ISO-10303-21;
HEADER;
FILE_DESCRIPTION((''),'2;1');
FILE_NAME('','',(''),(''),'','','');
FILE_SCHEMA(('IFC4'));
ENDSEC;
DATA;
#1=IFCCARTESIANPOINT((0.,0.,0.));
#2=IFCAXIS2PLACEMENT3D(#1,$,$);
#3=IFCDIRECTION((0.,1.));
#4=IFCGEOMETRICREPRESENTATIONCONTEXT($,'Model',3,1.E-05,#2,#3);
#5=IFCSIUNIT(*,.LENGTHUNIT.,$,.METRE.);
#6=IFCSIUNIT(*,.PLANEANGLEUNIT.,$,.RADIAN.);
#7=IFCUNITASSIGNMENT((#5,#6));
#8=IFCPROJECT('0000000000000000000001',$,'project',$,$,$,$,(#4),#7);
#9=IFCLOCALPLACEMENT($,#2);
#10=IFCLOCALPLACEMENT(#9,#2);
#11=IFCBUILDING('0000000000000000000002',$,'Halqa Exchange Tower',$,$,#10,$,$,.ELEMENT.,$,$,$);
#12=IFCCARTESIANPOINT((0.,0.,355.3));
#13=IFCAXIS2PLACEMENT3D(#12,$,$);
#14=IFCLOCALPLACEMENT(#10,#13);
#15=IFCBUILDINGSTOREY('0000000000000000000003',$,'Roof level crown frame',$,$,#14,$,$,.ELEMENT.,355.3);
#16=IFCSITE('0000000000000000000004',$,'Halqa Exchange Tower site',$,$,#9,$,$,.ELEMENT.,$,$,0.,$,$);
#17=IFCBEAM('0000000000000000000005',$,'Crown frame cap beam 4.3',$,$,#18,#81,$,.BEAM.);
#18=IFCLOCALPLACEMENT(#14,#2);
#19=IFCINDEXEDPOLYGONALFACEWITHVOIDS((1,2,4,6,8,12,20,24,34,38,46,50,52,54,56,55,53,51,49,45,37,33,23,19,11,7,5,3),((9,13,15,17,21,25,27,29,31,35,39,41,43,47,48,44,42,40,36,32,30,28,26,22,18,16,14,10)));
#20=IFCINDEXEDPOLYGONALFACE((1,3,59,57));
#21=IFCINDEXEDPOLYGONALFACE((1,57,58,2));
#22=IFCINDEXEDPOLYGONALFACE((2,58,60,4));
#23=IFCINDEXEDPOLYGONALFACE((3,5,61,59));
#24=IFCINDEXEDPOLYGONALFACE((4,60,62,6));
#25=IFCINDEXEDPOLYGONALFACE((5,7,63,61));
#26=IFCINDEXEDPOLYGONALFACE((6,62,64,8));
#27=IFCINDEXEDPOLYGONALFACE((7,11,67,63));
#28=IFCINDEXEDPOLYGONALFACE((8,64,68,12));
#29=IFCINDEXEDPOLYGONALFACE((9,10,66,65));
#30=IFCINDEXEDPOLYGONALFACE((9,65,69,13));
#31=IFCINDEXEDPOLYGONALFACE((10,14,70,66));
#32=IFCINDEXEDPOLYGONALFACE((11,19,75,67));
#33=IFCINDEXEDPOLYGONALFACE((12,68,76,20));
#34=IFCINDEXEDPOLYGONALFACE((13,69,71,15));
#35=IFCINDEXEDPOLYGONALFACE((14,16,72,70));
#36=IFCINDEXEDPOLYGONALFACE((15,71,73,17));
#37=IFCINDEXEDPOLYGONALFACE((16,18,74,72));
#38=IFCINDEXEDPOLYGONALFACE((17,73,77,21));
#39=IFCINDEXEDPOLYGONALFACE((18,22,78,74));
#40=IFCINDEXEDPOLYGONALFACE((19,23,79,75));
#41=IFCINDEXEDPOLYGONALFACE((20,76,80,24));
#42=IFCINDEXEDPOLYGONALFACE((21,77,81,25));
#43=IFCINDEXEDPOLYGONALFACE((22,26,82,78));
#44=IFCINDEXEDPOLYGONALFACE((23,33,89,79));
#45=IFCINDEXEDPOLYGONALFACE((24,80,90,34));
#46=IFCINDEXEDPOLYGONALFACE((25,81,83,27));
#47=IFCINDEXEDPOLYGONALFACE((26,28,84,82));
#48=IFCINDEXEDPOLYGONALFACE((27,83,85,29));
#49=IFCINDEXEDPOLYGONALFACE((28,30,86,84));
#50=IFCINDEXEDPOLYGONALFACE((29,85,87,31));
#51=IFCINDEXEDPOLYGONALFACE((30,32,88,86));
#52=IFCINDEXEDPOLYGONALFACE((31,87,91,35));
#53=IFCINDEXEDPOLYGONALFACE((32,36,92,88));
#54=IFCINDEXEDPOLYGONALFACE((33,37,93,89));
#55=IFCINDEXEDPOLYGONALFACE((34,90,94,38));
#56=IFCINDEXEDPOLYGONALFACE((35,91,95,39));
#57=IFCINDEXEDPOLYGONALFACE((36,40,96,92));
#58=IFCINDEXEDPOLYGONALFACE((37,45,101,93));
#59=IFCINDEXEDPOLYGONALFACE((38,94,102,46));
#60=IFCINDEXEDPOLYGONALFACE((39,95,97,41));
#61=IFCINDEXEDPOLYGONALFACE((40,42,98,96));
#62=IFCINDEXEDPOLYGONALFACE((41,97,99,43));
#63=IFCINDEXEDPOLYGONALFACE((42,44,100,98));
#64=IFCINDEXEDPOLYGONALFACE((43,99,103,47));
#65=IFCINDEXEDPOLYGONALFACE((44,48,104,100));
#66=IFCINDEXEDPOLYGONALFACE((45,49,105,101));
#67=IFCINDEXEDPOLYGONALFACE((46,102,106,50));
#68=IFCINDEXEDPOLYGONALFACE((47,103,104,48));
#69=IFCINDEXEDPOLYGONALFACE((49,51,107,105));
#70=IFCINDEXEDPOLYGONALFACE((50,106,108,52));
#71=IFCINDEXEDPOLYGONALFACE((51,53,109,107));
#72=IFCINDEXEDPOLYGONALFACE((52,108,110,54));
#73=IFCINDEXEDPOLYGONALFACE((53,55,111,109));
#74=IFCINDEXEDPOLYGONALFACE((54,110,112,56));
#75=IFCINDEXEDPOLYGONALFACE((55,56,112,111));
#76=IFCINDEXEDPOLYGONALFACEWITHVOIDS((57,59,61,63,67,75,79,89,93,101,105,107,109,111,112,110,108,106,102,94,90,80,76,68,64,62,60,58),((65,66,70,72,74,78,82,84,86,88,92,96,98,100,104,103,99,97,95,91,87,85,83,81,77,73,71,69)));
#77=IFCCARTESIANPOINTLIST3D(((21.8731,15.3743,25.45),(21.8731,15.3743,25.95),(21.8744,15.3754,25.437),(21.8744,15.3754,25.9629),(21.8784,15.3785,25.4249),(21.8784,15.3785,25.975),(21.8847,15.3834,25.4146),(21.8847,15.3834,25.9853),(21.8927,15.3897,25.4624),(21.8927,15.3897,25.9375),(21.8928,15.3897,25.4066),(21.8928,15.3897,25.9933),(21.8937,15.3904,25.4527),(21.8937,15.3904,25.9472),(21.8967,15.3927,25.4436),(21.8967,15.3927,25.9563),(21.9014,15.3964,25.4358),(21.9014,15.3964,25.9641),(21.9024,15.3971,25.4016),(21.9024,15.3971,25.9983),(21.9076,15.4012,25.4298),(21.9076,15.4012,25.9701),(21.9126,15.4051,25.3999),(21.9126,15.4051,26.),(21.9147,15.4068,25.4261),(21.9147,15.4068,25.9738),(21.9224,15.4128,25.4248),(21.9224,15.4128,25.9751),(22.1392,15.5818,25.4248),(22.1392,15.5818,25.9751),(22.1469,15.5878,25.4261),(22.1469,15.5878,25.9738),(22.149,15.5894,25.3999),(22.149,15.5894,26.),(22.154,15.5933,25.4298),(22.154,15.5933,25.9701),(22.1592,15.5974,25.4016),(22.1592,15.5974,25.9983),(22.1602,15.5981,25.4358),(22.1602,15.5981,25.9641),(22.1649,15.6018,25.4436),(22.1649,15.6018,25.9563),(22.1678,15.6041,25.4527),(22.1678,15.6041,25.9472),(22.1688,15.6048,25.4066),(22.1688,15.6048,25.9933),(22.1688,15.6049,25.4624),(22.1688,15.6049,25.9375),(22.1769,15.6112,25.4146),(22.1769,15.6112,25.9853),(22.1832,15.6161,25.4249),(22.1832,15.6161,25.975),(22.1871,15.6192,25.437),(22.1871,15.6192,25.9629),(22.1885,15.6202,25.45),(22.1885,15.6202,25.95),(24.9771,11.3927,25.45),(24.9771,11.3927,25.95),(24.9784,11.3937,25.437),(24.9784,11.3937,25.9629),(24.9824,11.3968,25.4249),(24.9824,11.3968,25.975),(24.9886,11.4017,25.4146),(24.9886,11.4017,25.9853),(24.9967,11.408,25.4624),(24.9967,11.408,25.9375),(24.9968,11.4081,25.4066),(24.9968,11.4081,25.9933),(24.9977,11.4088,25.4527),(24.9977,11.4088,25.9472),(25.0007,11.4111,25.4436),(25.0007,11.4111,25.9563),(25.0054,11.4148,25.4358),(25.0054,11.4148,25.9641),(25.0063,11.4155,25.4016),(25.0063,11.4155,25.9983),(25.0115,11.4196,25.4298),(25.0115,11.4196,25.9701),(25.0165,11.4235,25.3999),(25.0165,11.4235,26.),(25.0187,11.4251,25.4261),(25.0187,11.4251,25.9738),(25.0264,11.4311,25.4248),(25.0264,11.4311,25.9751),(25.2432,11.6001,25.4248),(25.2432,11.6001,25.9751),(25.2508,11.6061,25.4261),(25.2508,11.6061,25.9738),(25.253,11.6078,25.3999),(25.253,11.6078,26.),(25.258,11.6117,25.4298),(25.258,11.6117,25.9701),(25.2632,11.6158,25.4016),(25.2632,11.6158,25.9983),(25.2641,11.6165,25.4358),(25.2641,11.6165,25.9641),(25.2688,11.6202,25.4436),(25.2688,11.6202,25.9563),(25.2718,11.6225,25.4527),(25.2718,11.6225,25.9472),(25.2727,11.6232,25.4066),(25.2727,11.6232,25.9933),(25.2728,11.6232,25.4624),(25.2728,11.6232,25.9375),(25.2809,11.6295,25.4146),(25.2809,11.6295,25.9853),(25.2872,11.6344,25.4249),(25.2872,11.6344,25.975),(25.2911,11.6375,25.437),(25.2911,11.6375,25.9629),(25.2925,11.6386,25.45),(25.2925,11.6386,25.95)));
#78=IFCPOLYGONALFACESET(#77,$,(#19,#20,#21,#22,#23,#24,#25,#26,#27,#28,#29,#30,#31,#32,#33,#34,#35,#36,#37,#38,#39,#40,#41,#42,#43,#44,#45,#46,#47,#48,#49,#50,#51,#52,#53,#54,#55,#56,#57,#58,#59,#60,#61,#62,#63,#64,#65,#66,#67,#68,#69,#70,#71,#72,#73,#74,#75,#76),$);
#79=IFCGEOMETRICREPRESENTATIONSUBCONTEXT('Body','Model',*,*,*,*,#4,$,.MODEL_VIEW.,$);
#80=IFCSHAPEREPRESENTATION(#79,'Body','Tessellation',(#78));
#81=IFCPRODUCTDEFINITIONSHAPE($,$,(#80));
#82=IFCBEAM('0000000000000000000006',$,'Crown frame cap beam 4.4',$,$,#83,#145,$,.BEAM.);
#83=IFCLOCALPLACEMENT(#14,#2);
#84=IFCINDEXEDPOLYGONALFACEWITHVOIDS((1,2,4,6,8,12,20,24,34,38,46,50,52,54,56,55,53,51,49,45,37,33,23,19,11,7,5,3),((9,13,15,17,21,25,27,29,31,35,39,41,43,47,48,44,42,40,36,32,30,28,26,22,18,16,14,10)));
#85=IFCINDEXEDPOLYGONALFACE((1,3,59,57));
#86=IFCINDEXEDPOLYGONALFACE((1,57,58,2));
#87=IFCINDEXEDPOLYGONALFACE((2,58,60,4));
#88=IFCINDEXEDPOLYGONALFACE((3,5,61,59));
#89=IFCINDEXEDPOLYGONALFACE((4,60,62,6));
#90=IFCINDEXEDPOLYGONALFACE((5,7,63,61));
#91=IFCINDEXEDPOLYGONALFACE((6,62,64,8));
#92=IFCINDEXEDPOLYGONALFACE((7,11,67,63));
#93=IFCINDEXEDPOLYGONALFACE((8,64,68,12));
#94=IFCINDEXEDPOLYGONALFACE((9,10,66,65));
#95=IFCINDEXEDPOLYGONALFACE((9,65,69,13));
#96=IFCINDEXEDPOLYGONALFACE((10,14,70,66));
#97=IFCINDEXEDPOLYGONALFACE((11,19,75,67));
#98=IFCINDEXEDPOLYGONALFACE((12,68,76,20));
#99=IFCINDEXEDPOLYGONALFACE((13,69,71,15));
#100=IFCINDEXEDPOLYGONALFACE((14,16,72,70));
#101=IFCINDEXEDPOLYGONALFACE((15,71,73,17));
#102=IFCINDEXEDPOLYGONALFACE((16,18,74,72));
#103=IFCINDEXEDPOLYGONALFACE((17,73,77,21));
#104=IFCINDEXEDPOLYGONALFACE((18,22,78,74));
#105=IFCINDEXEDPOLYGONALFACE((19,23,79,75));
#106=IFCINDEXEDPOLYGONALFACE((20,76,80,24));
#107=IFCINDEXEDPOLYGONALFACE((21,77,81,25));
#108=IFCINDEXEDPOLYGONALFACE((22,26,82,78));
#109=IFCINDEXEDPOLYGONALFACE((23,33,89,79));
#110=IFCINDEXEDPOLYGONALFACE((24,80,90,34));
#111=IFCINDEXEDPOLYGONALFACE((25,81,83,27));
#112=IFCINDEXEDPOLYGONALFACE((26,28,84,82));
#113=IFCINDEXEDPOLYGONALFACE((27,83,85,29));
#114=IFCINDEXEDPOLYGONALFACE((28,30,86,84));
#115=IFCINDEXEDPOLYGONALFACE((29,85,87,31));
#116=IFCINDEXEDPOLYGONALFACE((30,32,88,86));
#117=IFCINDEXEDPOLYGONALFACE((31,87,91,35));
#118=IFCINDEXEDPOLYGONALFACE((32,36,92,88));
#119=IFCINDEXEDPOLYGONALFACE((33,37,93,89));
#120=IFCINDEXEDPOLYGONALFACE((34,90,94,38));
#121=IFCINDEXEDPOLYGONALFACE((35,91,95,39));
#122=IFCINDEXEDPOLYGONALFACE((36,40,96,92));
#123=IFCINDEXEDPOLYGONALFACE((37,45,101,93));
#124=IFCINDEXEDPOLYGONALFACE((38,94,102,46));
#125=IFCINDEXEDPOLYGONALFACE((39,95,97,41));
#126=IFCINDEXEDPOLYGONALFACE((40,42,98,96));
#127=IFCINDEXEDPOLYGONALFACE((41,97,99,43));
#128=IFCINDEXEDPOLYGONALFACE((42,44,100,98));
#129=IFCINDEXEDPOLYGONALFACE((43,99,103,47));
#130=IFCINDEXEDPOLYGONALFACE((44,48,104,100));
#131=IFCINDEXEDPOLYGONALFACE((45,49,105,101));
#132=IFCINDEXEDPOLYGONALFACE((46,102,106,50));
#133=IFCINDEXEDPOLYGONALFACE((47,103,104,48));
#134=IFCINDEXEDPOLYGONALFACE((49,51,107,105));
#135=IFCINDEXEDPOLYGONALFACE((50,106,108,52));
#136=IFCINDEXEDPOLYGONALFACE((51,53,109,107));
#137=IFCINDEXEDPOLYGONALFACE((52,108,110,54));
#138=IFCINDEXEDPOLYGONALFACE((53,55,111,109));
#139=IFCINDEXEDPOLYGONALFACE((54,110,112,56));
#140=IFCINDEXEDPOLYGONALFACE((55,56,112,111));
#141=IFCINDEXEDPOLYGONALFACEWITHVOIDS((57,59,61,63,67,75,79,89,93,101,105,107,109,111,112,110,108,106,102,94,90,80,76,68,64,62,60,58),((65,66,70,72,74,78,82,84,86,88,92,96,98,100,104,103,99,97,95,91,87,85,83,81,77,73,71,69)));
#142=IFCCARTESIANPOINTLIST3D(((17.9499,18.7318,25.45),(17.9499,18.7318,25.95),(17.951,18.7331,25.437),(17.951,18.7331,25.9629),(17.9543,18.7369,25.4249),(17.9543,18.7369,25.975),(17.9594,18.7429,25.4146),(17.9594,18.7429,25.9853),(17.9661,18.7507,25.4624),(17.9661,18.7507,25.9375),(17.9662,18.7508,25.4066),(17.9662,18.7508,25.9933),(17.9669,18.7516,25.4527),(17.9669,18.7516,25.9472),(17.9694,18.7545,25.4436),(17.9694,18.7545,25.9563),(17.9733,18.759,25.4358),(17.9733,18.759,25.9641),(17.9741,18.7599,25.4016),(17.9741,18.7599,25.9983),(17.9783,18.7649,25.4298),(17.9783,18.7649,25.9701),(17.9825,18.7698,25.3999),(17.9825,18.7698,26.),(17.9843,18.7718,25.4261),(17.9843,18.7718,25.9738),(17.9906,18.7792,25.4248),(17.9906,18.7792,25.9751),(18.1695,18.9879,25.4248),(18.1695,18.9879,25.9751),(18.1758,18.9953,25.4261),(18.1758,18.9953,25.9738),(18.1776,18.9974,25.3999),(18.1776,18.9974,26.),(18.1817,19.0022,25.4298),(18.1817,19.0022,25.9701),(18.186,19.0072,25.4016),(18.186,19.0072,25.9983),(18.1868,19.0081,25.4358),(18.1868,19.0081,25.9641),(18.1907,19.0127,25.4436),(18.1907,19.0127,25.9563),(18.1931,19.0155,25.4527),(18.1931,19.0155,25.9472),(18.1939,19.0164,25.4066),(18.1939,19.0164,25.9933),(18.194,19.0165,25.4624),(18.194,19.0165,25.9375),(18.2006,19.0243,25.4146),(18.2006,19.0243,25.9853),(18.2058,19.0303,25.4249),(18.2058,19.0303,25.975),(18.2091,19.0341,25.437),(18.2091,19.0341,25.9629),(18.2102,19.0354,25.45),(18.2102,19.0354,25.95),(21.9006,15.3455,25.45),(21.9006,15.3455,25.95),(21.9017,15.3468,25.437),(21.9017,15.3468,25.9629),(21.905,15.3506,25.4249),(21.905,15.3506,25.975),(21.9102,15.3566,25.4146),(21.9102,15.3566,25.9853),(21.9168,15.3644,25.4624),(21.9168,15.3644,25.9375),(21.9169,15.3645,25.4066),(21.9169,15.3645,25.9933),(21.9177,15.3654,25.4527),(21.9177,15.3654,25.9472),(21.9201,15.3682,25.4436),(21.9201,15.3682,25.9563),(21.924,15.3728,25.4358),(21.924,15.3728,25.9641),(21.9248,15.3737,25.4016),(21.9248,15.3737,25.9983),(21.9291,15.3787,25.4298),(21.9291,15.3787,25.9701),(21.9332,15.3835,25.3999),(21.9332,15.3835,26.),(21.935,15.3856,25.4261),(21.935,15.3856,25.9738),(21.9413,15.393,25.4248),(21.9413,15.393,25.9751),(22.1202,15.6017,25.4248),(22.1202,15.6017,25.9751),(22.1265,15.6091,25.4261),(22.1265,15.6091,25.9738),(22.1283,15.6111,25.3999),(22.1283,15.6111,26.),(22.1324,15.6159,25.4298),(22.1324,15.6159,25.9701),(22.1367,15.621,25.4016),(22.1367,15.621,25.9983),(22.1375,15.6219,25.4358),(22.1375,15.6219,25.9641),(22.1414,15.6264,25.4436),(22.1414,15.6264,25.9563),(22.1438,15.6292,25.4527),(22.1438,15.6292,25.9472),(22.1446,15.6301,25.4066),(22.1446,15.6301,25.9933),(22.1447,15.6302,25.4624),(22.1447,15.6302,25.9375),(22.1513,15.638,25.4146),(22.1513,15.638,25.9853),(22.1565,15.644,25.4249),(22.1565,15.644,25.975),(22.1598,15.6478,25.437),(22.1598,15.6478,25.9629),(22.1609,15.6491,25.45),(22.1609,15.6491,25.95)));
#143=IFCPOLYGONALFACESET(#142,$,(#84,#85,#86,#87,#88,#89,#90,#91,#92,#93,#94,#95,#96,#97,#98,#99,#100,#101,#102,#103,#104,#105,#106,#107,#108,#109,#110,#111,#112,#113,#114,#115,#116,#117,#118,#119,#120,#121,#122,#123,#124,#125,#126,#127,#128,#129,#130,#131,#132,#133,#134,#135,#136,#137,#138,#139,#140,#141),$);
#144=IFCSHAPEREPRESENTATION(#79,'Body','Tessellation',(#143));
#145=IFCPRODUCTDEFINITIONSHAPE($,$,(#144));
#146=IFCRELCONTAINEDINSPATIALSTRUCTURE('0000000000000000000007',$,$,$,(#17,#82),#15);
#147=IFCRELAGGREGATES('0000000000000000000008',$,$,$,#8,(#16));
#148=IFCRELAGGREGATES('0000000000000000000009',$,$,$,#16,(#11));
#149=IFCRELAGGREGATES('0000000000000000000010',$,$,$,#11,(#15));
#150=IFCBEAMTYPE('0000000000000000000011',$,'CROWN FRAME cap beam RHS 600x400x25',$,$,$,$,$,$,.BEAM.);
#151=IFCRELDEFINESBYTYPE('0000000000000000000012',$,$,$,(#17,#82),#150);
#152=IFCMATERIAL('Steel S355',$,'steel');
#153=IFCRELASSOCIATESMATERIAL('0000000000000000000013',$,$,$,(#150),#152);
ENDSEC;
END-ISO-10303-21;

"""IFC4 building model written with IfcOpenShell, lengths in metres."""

from ifc_helpers import new_model, si_unit, direction, frame, origin, origin_2d, place, context, subcontext, project, spatial, hollow_rectangle, extrude, material, material_profile, profile_set, type_object, element, save


model = new_model("IFC4")

# Units and contexts
model_context = context("Model", 3, precision=1e-05, world=origin(), true_north=direction((0.0, 1.0)))
body_context = subcontext(model_context, "Body", "Model", "MODEL_VIEW")
ifc_project = project(units=[si_unit("LENGTHUNIT", "METRE"), si_unit("PLANEANGLEUNIT", "RADIAN")], contexts=[model_context])

# Site, building, storey
site_placement = place(None, origin())
site = spatial("IfcSite", under=ifc_project, at=site_placement, Name="Halqa Exchange Tower site", CompositionType="ELEMENT", RefElevation=0.0)
building_placement = place(site_placement, origin())
building = spatial("IfcBuilding", under=site, at=building_placement, Name="Halqa Exchange Tower", CompositionType="ELEMENT")
storey_placement = place(building_placement, frame((0.0, 0.0, 355.3)))
storey = spatial("IfcBuildingStorey", under=building, at=storey_placement, Name="Roof level crown frame", CompositionType="ELEMENT", Elevation=355.3)

# Shared definitions
ifc_material_1 = material(Name="Steel S355", Category="steel")

# Beams
ifc_material_profile_1 = material_profile(ifc_material_1, hollow_rectangle(XDim=0.3999, YDim=0.6001, WallThickness=0.0249, InnerFilletRadius=0.0376, OuterFilletRadius=0.05, at=origin_2d()), Name="RHS 600x400x25")
ifc_profile_set_1 = profile_set([ifc_material_profile_1], Name="Steel S355")
beam_type_1 = type_object("IfcBeamType", Name="CROWN FRAME cap beam RHS 600x400x25", PredefinedType="BEAM", material=ifc_profile_set_1)
beam_1_placement = place(storey_placement, frame((25.1348, 11.5156, 25.7), z_axis=(-0.614821, 0.788667, 0.0), x_axis=(-0.788667, -0.614821, 0.0)))
element("IfcBeam", 1, at=beam_1_placement, inside=storey, type_object=beam_type_1, Name="Crown frame cap beam 4.3", PredefinedType="BEAM", context=body_context, shape_type="SweptSolid", body=[
    extrude(hollow_rectangle(XDim=0.3999, YDim=0.6001, WallThickness=0.0249, InnerFilletRadius=0.0376, OuterFilletRadius=0.05, at=origin_2d()), origin(), (0.0, 0.0, 1.0), 5.0486),
])
beam_2_placement = place(storey_placement, frame((22.0308, 15.4973, 25.7), z_axis=(-0.759263, 0.650784, 0.0), x_axis=(-0.650784, -0.759263, 0.0)))
element("IfcBeam", 2, at=beam_2_placement, inside=storey, type_object=beam_type_1, Name="Crown frame cap beam 4.4", PredefinedType="BEAM", context=body_context, shape_type="SweptSolid", body=[
    extrude(hollow_rectangle(XDim=0.3999, YDim=0.6001, WallThickness=0.0249, InnerFilletRadius=0.0376, OuterFilletRadius=0.05, at=origin_2d()), origin(), (0.0, 0.0, 1.0), 5.2034),
])

save(model, "model.ifc")
